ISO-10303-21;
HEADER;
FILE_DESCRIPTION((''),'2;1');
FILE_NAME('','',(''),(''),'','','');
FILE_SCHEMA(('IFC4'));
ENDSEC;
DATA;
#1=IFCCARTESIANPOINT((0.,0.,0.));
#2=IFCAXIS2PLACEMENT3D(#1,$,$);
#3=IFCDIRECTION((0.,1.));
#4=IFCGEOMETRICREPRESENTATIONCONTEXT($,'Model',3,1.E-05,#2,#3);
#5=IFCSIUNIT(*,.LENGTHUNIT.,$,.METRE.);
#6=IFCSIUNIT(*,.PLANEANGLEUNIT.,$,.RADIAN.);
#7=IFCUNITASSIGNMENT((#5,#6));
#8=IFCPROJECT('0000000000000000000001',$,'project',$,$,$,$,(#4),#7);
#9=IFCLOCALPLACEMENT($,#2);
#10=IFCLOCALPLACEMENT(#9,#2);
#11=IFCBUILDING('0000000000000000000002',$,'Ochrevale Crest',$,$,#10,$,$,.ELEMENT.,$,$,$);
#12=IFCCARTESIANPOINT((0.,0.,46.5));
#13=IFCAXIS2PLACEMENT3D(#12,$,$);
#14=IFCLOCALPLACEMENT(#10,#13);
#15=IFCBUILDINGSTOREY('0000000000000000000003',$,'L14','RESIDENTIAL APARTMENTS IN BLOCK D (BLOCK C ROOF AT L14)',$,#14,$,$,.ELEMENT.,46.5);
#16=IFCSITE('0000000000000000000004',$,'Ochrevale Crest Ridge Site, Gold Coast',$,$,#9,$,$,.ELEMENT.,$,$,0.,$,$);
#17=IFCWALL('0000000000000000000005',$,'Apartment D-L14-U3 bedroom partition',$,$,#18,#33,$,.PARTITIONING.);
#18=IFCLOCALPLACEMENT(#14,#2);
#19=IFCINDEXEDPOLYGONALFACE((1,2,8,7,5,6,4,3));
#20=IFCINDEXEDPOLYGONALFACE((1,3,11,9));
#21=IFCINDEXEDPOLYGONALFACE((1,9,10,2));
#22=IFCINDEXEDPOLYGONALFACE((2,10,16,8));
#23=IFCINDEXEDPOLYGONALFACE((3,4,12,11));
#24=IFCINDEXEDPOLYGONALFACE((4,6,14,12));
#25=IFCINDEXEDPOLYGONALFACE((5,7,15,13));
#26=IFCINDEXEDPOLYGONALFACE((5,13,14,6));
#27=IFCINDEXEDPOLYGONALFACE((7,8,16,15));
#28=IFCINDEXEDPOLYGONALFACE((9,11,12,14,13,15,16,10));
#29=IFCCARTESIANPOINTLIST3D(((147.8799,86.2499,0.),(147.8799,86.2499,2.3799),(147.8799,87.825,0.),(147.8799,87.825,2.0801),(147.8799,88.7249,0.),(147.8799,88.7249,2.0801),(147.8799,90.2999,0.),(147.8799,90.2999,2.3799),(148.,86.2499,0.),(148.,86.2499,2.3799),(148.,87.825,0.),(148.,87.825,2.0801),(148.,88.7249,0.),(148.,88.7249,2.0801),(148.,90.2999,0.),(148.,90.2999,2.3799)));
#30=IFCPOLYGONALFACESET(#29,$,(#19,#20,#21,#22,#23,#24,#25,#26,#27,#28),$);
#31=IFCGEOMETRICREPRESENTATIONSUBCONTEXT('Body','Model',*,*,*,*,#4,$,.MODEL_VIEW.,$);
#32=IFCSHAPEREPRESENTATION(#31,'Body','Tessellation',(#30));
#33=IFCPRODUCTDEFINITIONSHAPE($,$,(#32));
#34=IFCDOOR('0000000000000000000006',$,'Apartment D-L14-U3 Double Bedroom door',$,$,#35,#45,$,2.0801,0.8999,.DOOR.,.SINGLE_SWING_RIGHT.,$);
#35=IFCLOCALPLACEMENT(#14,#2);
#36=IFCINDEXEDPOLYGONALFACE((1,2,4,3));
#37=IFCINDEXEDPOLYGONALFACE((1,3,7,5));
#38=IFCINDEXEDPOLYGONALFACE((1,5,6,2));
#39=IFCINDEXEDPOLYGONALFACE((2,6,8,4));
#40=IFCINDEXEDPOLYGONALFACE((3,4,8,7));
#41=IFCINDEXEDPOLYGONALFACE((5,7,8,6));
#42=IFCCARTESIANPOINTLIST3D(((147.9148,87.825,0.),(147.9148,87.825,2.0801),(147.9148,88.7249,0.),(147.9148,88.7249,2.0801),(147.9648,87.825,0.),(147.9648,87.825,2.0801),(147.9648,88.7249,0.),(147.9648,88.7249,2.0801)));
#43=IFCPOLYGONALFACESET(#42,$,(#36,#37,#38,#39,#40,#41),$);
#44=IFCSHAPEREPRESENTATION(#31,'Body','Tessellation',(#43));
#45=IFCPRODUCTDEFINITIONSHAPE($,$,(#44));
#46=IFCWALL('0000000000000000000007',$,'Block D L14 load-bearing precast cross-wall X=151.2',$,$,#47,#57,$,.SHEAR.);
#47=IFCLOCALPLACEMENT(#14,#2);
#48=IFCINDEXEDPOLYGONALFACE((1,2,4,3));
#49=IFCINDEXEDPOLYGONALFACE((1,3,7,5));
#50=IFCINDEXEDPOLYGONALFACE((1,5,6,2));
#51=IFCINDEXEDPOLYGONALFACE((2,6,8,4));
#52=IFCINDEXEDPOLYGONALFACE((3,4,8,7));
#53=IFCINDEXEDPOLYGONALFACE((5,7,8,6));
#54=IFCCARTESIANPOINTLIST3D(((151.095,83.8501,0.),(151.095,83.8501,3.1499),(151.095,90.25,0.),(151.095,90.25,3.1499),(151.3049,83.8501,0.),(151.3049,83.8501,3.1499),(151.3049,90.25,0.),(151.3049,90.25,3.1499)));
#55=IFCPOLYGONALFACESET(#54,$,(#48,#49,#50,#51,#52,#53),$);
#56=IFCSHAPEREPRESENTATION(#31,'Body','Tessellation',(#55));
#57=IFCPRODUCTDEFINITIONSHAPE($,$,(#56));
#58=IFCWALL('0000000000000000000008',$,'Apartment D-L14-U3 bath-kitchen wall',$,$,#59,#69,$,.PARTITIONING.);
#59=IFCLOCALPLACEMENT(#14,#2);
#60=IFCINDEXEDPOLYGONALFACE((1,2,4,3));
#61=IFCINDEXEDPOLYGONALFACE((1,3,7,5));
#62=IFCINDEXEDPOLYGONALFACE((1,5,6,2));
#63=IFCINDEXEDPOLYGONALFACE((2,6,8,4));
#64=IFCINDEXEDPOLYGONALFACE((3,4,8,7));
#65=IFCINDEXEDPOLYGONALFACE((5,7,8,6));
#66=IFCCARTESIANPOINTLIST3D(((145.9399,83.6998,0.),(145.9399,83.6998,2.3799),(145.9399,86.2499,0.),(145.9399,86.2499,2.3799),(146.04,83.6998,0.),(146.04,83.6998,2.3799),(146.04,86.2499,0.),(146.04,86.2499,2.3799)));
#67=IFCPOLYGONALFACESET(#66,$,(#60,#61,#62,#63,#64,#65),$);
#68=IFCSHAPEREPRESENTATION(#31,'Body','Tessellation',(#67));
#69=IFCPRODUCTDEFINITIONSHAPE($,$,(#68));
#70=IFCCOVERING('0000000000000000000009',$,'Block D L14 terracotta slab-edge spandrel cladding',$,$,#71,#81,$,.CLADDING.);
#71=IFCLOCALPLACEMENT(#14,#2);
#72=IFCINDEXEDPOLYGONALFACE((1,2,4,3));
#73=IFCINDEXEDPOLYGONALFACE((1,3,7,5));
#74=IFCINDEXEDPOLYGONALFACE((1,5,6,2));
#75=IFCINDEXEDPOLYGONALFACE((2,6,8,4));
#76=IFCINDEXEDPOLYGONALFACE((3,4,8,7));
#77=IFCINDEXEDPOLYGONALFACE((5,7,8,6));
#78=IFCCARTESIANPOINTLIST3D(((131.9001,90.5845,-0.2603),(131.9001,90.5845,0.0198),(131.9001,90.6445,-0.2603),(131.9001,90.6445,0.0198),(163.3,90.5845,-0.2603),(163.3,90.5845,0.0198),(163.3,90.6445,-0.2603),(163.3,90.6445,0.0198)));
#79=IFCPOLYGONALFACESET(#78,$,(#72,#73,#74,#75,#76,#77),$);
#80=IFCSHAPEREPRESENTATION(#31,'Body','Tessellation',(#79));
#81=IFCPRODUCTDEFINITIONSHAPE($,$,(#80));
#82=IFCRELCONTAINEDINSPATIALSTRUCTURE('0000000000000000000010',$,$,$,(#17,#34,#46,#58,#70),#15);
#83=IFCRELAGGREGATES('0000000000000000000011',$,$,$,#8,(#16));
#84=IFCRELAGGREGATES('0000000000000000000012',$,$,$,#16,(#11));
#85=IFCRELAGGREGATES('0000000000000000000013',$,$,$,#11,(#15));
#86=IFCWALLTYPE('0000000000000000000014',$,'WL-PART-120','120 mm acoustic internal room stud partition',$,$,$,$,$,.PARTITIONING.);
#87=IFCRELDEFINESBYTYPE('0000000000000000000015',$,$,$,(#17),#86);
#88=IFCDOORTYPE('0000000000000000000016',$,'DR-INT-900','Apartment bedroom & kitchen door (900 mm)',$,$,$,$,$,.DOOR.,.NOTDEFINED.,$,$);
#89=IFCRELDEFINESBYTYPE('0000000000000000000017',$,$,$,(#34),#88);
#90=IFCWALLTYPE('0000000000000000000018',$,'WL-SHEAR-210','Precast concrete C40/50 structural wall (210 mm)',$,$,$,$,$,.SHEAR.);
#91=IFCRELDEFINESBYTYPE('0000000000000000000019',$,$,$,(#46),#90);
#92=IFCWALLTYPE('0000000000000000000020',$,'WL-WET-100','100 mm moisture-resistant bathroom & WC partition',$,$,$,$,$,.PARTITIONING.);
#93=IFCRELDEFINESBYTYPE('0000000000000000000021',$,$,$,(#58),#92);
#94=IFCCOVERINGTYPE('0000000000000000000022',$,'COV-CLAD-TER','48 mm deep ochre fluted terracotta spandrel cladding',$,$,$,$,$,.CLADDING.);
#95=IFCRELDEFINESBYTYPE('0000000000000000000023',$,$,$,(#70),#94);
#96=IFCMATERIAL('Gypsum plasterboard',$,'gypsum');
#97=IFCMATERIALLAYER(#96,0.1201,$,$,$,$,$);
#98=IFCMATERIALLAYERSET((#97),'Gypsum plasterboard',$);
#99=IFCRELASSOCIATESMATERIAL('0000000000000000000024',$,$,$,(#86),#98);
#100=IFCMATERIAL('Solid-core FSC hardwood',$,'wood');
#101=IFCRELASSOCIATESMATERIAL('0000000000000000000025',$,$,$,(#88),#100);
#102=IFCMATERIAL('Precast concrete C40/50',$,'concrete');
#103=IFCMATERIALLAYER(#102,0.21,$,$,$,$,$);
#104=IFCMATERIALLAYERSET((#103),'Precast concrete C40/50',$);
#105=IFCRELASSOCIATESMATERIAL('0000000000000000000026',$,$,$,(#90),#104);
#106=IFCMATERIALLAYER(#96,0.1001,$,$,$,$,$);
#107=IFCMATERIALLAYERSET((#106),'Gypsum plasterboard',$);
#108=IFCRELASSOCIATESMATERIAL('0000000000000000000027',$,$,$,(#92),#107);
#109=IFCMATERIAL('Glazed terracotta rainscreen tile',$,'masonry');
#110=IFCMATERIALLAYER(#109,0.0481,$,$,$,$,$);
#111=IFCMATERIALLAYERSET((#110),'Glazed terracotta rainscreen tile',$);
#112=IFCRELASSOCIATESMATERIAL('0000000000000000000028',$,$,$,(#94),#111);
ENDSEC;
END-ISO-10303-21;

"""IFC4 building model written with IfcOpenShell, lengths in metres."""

from ifc_helpers import new_model, si_unit, direction, frame, frame_2d, origin, origin_2d, place, context, subcontext, project, spatial, rectangle, extrude, material, layer, layer_set, type_object, element, fill, save


model = new_model("IFC4")

# Units and contexts
model_context = context("Model", 3, precision=1e-05, world=origin(), true_north=direction((0.0, 1.0)))
body_context = subcontext(model_context, "Body", "Model", "MODEL_VIEW")
ifc_project = project(units=[si_unit("LENGTHUNIT", "METRE"), si_unit("PLANEANGLEUNIT", "RADIAN")], contexts=[model_context])

# Site, building, storey
site_placement = place(None, origin())
site = spatial("IfcSite", under=ifc_project, at=site_placement, Name="Ochrevale Crest Ridge Site, Gold Coast", CompositionType="ELEMENT", RefElevation=0.0)
building_placement = place(site_placement, origin())
building = spatial("IfcBuilding", under=site, at=building_placement, Name="Ochrevale Crest", CompositionType="ELEMENT")
storey_placement = place(building_placement, frame((0.0, 0.0, 46.5)))
storey = spatial("IfcBuildingStorey", under=building, at=storey_placement, Name="L14", Description="RESIDENTIAL APARTMENTS IN BLOCK D (BLOCK C ROOF AT L14)", CompositionType="ELEMENT", Elevation=46.5)

# Shared definitions
ifc_material_1 = material(Name="Precast concrete C40/50", Category="concrete")

# Shared definitions
ifc_material_2 = material(Name="Gypsum plasterboard", Category="gypsum")
ifc_material_3 = material(Name="Solid-core FSC hardwood", Category="wood")

# Shared definitions
ifc_layer_1 = layer(ifc_material_2, 0.1201)
ifc_layer_set_1 = layer_set([ifc_layer_1], Name="Gypsum plasterboard")
wall_type_1 = type_object("IfcWallType", Name="WL-PART-120", Description="120 mm acoustic internal room stud partition", PredefinedType="PARTITIONING", material=ifc_layer_set_1)

# Wall, opening, door
wall_1_placement = place(storey_placement, frame((147.9399, 86.25, 0.0), z_axis=(0.0, 0.0, 1.0), x_axis=(0.0, 1.0, 0.0)))
wall_1 = element("IfcWall", 1, at=wall_1_placement, inside=storey, type_object=wall_type_1, Name="Apartment D-L14-U3 bedroom partition", PredefinedType="PARTITIONING", context=body_context, shape_type="SweptSolid", body=[
    extrude(rectangle(XDim=4.05, YDim=0.1201, at=frame_2d((2.0249, 0.0))), origin(), (0.0, 0.0, 1.0), 2.3799),
])
opening_1_placement = place(wall_1_placement, frame((2.4749, 0.0, 0.0), z_axis=(0.0, 0.0, 1.0), x_axis=(-1.0, 0.0, 0.0)))
opening_1 = element("IfcOpeningElement", 2, at=opening_1_placement, cuts=wall_1, PredefinedType="OPENING", context=body_context, shape_type="SweptSolid", body=[
    extrude(rectangle(XDim=0.8999, YDim=2.0801, at=frame_2d((0.45, 1.04))), frame((0.0, 0.0701, 0.0), z_axis=(0.0, -1.0, 0.0), x_axis=(1.0, 0.0, 0.0)), (0.0, 0.0, 1.0), 0.1401),
])
door_type_1 = type_object("IfcDoorType", Name="DR-INT-900", Description="Apartment bedroom & kitchen door (900 mm)", OperationType="NOTDEFINED", PredefinedType="DOOR", material=ifc_material_3)
door_1_placement = place(opening_1_placement, origin())
door_1 = element("IfcDoor", 3, at=door_1_placement, inside=storey, type_object=door_type_1, Name="Apartment D-L14-U3 Double Bedroom door", OperationType="SINGLE_SWING_RIGHT", OverallHeight=2.0801, OverallWidth=0.8999, PredefinedType="DOOR", context=body_context, shape_type="SweptSolid", body=[
    extrude(rectangle(XDim=0.8999, YDim=2.0801, at=frame_2d((0.45, 1.04))), frame((0.0, 0.0249, 0.0), z_axis=(0.0, -1.0, 0.0), x_axis=(1.0, 0.0, 0.0)), (0.0, 0.0, 1.0), 0.05),
])
fill(opening_1, door_1)

# Walls
ifc_layer_2 = layer(ifc_material_1, 0.21)
ifc_layer_set_2 = layer_set([ifc_layer_2], Name="Precast concrete C40/50")
wall_type_2 = type_object("IfcWallType", Name="WL-SHEAR-210", Description="Precast concrete C40/50 structural wall (210 mm)", PredefinedType="SHEAR", material=ifc_layer_set_2)
wall_2_placement = place(storey_placement, frame((151.2, 83.8501, 0.0), z_axis=(0.0, 0.0, 1.0), x_axis=(0.0, 1.0, 0.0)))
element("IfcWall", 4, at=wall_2_placement, inside=storey, type_object=wall_type_2, Name="Block D L14 load-bearing precast cross-wall X=151.2", PredefinedType="SHEAR", context=body_context, shape_type="SweptSolid", body=[
    extrude(rectangle(XDim=6.3999, YDim=0.21, at=frame_2d((3.2, 0.0))), origin(), (0.0, 0.0, 1.0), 3.1499),
])
ifc_layer_3 = layer(ifc_material_2, 0.1001)
ifc_layer_set_3 = layer_set([ifc_layer_3], Name="Gypsum plasterboard")
wall_type_3 = type_object("IfcWallType", Name="WL-WET-100", Description="100 mm moisture-resistant bathroom & WC partition", PredefinedType="PARTITIONING", material=ifc_layer_set_3)
wall_3_placement = place(storey_placement, frame((145.99, 83.7, 0.0), z_axis=(0.0, 0.0, 1.0), x_axis=(0.0, 1.0, 0.0)))
element("IfcWall", 5, at=wall_3_placement, inside=storey, type_object=wall_type_3, Name="Apartment D-L14-U3 bath-kitchen wall", PredefinedType="PARTITIONING", context=body_context, shape_type="SweptSolid", body=[
    extrude(rectangle(XDim=2.55, YDim=0.1001, at=frame_2d((1.2749, 0.0))), origin(), (0.0, 0.0, 1.0), 2.3799),
])

# Covering
ifc_material_4 = material(Name="Glazed terracotta rainscreen tile", Category="masonry")
ifc_layer_4 = layer(ifc_material_4, 0.0481)
ifc_layer_set_4 = layer_set([ifc_layer_4], Name="Glazed terracotta rainscreen tile")
covering_type = type_object("IfcCoveringType", Name="COV-CLAD-TER", Description="48 mm deep ochre fluted terracotta spandrel cladding", PredefinedType="CLADDING", material=ifc_layer_set_4)
covering_placement = place(storey_placement, frame((147.6001, 90.6145, -0.2603), z_axis=(0.0, 0.0, 1.0), x_axis=(-1.0, 0.0, 0.0)))
element("IfcCovering", 6, at=covering_placement, inside=storey, type_object=covering_type, Name="Block D L14 terracotta slab-edge spandrel cladding", PredefinedType="CLADDING", context=body_context, shape_type="SweptSolid", body=[
    extrude(rectangle(XDim=31.3999, YDim=0.0601, at=origin_2d()), origin(), (0.0, 0.0, 1.0), 0.28),
])

save(model, "model.ifc")
